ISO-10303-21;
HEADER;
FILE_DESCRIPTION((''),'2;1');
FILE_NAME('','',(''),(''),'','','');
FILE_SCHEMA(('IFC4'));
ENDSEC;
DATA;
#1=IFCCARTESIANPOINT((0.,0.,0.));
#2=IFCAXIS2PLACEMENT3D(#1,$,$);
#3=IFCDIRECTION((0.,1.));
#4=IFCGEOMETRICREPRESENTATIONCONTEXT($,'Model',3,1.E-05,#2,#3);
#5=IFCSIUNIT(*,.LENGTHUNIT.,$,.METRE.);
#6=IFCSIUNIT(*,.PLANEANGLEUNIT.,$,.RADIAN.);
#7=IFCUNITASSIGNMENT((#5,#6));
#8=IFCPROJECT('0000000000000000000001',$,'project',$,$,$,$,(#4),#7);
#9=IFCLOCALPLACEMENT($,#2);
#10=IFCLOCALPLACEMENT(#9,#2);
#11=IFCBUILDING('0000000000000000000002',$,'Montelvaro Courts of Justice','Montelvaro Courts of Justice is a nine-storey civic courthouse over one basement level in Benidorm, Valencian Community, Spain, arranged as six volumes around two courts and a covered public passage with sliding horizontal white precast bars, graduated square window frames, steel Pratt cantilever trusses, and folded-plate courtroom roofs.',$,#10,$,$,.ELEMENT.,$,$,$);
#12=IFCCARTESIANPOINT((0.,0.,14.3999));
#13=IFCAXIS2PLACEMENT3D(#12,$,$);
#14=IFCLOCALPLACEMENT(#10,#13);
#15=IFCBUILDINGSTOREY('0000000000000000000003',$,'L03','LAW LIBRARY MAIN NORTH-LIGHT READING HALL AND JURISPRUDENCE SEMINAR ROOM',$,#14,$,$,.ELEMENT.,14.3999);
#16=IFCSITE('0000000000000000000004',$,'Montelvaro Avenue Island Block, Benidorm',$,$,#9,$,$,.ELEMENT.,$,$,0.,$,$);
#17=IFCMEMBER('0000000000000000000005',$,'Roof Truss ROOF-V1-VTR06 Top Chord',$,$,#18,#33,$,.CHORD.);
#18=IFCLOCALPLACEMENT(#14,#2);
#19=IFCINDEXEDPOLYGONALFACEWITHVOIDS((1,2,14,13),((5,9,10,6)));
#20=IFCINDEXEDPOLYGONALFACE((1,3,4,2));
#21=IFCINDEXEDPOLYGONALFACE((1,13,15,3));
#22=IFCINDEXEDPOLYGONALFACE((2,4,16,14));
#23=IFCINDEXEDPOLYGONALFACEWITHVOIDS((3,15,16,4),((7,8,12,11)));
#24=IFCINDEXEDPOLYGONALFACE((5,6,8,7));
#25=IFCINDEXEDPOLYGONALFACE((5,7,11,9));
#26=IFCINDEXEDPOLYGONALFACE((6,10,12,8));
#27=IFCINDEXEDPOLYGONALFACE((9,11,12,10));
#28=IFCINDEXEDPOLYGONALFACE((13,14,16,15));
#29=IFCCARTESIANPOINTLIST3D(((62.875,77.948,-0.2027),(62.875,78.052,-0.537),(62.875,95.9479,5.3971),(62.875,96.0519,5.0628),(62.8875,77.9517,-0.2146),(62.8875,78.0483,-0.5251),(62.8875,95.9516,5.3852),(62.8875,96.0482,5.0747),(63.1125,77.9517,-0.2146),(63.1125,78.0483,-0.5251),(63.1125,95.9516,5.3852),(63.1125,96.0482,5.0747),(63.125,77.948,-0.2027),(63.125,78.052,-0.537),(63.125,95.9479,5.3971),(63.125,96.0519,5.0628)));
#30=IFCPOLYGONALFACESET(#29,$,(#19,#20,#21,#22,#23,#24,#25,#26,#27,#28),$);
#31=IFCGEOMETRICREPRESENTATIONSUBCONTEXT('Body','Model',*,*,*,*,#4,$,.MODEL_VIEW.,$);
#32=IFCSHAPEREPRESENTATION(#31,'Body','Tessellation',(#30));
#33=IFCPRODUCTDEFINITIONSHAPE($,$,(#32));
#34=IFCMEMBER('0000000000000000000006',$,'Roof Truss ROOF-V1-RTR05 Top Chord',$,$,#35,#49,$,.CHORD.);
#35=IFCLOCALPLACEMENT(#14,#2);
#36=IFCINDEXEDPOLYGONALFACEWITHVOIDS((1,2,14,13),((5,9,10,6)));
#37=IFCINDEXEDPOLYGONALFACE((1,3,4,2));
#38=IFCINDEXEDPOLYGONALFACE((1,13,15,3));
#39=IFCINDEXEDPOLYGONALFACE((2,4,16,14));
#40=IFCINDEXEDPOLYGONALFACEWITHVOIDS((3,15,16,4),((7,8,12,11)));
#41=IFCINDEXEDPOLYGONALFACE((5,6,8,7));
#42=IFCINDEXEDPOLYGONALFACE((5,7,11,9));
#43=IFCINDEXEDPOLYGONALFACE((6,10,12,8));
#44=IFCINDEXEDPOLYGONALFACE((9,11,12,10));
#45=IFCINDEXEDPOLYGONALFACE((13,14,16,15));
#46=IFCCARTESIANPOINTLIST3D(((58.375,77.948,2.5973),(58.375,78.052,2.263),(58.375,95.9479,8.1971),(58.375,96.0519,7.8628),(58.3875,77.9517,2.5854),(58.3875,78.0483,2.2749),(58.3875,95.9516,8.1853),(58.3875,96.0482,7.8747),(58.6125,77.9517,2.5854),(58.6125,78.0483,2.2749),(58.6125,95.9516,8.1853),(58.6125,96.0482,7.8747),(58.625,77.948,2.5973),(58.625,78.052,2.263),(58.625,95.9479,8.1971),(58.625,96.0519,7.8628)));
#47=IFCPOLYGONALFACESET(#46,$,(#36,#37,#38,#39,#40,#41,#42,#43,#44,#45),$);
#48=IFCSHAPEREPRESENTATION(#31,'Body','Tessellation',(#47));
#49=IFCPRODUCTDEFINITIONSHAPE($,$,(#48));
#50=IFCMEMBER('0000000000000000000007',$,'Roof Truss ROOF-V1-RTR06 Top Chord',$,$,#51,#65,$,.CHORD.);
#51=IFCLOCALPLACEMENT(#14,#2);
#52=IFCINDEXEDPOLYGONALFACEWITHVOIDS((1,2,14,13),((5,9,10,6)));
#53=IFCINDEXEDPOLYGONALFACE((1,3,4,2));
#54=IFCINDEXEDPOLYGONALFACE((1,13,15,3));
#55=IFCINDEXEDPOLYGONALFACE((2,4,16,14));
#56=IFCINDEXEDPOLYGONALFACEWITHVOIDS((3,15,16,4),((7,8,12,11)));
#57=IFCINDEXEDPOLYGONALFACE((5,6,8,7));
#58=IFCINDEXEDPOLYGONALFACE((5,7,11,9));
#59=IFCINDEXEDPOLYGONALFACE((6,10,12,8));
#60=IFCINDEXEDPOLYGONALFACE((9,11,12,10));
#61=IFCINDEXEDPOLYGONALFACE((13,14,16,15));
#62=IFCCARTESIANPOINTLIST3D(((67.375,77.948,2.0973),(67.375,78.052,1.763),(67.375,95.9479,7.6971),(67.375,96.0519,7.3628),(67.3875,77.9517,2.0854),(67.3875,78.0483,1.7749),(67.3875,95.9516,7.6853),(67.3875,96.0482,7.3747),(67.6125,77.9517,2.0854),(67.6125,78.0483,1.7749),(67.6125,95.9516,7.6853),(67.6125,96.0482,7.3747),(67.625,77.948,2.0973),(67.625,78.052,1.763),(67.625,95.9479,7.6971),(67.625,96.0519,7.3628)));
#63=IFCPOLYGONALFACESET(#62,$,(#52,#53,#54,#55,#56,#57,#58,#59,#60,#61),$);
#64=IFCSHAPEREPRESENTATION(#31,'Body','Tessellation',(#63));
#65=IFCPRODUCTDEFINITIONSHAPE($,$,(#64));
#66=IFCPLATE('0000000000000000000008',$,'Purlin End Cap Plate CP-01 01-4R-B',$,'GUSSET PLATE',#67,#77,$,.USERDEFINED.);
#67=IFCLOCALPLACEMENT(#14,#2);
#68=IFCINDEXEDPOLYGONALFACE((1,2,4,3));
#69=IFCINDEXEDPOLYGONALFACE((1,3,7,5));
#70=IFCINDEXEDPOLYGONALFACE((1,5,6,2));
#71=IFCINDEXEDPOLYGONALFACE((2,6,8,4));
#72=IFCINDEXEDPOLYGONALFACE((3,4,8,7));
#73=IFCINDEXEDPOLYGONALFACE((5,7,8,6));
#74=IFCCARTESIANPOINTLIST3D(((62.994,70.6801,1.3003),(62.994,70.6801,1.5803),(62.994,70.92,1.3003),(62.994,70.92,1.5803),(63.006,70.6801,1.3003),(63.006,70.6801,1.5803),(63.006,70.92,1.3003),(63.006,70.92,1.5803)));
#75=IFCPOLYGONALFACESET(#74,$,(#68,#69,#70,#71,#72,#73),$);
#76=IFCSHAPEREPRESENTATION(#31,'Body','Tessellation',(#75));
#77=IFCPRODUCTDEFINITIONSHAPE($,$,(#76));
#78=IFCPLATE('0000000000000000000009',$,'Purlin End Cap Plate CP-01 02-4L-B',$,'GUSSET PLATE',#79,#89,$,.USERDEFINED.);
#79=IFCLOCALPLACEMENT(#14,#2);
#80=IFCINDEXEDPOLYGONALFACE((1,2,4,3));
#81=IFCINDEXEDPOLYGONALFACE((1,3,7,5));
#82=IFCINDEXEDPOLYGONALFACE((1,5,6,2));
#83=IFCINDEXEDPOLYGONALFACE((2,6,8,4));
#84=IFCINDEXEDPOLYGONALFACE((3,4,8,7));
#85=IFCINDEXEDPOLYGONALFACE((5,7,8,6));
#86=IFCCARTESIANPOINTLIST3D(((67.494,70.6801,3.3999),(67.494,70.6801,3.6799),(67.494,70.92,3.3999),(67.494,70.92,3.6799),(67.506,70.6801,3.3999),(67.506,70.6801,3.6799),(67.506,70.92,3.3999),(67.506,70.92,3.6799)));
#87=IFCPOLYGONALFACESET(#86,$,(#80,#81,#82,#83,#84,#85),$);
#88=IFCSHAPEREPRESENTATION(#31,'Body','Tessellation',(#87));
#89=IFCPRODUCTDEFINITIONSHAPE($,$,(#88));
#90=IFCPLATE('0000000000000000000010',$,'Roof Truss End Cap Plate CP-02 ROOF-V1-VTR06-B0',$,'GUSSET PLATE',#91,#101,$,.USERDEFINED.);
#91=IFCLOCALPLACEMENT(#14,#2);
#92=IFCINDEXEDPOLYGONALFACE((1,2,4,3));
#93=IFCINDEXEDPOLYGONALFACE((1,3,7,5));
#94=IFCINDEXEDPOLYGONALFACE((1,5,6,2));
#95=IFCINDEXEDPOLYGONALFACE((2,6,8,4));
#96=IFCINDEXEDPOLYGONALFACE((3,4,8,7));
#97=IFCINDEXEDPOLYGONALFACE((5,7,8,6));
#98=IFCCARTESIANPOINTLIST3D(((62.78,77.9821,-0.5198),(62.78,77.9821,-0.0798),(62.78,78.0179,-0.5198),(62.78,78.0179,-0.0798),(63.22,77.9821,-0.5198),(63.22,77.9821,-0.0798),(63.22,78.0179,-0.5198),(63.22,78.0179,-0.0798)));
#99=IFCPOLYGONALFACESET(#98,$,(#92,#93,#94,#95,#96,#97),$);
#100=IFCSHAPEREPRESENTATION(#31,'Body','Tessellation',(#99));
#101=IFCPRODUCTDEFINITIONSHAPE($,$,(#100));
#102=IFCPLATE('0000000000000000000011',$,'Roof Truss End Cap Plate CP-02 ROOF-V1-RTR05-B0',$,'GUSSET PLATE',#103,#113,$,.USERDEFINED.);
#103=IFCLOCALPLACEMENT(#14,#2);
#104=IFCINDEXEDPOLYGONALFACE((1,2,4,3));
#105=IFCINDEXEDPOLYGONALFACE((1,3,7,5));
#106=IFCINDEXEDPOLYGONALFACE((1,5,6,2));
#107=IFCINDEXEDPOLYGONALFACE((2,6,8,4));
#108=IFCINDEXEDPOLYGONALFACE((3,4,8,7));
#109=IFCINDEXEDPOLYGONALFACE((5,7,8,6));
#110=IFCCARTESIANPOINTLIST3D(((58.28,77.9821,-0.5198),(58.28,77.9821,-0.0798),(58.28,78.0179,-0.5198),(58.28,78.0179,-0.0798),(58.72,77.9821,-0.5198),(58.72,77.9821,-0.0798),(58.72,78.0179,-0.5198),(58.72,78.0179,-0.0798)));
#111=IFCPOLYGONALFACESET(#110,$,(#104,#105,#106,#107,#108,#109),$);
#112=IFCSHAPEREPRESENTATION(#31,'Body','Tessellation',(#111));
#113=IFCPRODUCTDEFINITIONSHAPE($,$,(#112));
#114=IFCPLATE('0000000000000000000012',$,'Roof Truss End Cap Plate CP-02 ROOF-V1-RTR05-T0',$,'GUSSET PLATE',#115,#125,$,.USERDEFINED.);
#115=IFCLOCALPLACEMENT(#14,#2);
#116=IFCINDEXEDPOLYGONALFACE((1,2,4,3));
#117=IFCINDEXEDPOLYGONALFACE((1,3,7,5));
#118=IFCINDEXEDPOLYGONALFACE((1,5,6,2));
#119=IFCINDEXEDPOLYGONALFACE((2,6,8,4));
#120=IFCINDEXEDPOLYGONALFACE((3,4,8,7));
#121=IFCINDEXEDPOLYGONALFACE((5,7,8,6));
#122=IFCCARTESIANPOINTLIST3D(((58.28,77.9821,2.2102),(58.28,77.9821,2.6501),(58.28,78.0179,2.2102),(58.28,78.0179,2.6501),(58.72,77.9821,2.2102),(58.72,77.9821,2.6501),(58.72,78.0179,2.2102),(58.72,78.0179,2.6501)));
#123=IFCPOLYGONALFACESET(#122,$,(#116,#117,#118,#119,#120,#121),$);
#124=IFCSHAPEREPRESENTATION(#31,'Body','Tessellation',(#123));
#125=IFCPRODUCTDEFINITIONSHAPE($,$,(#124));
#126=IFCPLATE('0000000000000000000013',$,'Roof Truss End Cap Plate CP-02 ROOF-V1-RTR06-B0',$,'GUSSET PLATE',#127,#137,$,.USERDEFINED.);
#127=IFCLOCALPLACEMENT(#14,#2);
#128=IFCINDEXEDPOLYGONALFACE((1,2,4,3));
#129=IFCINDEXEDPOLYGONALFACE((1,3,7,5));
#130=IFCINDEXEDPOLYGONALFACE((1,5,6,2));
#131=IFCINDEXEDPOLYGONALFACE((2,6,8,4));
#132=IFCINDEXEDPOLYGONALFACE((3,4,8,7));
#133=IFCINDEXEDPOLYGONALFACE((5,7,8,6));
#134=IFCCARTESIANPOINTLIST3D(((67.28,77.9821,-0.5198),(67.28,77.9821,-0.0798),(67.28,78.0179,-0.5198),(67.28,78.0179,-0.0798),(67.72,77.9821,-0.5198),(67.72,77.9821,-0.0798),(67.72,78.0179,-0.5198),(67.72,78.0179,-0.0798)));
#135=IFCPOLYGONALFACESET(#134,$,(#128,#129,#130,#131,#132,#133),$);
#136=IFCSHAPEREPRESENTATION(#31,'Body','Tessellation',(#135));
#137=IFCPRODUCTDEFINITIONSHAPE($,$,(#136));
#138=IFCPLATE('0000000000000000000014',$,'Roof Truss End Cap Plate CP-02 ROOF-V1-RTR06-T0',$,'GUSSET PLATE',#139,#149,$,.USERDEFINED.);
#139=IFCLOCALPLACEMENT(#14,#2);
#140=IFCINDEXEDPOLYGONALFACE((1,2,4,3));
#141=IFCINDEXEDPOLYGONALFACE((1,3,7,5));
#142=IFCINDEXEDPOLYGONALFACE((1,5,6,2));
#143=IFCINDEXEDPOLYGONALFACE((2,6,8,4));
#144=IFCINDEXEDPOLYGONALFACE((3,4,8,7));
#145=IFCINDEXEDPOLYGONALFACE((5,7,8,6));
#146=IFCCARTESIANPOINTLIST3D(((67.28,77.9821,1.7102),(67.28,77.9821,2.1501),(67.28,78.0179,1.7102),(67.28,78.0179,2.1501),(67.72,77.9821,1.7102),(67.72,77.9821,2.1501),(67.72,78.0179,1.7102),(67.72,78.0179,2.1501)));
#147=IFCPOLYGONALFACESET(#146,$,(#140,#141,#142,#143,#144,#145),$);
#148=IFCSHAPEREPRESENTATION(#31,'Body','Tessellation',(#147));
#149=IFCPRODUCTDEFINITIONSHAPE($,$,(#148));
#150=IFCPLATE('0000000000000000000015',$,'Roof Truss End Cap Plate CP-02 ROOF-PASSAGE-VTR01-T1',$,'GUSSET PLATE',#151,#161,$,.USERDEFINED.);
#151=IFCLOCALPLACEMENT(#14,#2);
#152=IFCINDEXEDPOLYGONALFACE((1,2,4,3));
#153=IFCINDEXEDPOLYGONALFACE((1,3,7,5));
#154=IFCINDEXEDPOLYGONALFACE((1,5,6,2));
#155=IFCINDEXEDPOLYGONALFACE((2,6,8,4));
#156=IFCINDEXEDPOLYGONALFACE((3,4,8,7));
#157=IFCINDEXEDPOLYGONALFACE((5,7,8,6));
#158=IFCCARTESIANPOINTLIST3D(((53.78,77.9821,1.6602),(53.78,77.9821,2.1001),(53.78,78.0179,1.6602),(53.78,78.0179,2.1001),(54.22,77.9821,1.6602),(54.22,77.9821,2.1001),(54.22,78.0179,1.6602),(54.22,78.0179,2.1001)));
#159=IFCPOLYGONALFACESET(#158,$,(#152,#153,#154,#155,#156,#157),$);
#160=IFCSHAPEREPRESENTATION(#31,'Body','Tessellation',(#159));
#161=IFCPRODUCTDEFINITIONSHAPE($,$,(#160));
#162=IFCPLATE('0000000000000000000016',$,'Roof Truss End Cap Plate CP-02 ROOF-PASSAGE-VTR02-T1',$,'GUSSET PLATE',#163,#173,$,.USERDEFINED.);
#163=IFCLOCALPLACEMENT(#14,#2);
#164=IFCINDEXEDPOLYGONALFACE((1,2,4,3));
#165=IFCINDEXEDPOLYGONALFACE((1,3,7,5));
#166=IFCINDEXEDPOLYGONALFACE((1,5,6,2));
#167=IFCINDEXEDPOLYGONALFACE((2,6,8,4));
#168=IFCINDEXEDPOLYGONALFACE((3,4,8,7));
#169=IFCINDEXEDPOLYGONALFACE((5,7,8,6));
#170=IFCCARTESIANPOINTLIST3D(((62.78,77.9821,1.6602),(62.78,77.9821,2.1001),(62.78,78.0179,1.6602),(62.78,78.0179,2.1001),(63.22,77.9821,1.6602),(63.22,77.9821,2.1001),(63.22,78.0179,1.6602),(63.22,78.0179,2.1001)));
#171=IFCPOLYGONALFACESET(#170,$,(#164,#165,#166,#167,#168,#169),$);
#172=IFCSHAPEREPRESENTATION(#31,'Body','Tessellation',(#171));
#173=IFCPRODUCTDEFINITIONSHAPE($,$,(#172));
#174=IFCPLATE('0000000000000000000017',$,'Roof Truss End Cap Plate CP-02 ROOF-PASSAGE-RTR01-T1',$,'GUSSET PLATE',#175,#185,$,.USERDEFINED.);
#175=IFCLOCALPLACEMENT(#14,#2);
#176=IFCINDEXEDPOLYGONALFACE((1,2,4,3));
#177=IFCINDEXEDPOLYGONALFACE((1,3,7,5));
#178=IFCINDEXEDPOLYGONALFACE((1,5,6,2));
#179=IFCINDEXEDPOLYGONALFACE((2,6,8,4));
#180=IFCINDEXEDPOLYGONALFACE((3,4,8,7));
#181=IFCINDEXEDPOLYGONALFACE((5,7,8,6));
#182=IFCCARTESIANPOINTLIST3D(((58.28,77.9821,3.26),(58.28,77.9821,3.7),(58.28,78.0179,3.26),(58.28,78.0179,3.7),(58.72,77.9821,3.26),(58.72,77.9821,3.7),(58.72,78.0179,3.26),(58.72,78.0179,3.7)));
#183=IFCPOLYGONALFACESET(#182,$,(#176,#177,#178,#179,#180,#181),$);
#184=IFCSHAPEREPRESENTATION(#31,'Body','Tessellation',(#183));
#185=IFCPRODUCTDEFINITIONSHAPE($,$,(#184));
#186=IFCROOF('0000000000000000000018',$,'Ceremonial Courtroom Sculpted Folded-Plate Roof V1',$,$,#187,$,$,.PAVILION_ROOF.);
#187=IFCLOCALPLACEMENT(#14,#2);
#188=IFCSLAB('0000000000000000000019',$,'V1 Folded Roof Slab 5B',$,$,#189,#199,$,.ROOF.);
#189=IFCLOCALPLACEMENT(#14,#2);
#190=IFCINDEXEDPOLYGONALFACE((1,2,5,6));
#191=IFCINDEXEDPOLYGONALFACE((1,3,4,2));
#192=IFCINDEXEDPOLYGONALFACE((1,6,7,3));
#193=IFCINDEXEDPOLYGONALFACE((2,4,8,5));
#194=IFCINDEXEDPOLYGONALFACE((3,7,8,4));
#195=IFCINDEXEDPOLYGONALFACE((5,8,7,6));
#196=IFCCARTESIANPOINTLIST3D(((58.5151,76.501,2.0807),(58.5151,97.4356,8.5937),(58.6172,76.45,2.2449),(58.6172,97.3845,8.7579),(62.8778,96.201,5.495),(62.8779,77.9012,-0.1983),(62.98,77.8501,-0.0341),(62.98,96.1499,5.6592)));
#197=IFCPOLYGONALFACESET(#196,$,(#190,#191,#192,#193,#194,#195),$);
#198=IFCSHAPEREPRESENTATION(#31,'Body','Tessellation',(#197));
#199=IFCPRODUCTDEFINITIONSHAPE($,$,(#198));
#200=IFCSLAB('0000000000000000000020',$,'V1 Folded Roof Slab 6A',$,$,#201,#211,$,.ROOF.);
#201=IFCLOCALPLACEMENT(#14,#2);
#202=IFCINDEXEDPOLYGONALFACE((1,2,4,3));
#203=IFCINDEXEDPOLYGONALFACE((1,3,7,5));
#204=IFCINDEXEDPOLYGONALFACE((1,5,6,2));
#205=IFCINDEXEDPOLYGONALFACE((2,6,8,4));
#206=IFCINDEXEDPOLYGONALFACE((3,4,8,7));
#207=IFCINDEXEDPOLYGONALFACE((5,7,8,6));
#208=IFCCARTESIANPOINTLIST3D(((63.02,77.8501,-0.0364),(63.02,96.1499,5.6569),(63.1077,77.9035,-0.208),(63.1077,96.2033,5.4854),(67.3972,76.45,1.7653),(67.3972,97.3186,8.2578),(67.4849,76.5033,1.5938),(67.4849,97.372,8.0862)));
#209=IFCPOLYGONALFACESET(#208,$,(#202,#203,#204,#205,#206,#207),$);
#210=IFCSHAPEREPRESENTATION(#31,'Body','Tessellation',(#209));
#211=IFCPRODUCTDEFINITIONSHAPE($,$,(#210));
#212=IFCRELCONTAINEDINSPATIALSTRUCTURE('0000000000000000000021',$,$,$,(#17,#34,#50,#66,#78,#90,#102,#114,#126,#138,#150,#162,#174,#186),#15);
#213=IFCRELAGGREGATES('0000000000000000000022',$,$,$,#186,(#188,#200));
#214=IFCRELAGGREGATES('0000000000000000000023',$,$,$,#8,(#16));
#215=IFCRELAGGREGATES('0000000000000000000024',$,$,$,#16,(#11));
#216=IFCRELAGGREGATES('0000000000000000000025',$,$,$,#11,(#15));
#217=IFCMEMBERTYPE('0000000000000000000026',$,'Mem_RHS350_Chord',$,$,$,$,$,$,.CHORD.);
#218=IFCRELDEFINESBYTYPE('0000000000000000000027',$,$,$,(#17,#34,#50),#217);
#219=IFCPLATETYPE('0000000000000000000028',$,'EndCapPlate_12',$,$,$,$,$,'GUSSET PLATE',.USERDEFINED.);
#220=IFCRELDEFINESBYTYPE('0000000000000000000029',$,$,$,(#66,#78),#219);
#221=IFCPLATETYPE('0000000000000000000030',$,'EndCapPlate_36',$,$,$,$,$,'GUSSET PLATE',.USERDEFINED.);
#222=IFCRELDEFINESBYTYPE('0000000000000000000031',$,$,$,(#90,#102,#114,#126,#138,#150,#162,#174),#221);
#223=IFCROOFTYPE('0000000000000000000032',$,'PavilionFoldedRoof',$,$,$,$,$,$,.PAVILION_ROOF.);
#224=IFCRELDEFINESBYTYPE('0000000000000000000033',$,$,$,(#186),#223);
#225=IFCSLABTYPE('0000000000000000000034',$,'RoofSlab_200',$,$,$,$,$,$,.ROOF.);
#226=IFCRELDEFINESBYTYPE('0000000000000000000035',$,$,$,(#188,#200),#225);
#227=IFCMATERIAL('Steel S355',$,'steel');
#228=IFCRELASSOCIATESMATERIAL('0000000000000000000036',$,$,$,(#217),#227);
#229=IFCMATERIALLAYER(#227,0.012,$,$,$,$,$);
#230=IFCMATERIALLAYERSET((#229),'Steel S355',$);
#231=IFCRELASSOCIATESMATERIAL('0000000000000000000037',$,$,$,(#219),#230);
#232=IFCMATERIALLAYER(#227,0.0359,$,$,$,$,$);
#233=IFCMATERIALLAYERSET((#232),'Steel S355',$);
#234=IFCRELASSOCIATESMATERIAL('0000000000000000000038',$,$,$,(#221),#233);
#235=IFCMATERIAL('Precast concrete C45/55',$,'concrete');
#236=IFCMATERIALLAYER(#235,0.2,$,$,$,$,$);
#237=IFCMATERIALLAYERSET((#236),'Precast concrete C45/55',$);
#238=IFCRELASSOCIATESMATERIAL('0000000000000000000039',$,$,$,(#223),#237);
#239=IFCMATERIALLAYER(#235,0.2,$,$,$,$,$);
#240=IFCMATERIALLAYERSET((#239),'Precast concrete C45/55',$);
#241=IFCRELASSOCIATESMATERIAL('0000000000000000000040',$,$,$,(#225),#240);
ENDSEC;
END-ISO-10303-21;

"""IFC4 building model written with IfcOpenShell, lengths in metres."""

from ifc_helpers import new_model, si_unit, direction, frame, origin, origin_2d, place, context, subcontext, project, spatial, polyline, rectangle, hollow_rectangle, outline, extrude, material, layer, layer_set, material_profile, profile_set, type_object, element, aggregate, save


model = new_model("IFC4")

# Units and contexts
model_context = context("Model", 3, precision=1e-05, world=origin(), true_north=direction((0.0, 1.0)))
body_context = subcontext(model_context, "Body", "Model", "MODEL_VIEW")
ifc_project = project(units=[si_unit("LENGTHUNIT", "METRE"), si_unit("PLANEANGLEUNIT", "RADIAN")], contexts=[model_context])

# Site, building, storey
site_placement = place(None, origin())
site = spatial("IfcSite", under=ifc_project, at=site_placement, Name="Montelvaro Avenue Island Block, Benidorm", CompositionType="ELEMENT", RefElevation=0.0)
building_placement = place(site_placement, origin())
building = spatial("IfcBuilding", under=site, at=building_placement, Name="Montelvaro Courts of Justice", Description="Montelvaro Courts of Justice is a nine-storey civic courthouse over one basement level in Benidorm, Valencian Community, Spain, arranged as six volumes around two courts and a covered public passage with sliding horizontal white precast bars, graduated square window frames, steel Pratt cantilever trusses, and folded-plate courtroom roofs.", CompositionType="ELEMENT")
storey_placement = place(building_placement, frame((0.0, 0.0, 14.3999)))
storey = spatial("IfcBuildingStorey", under=building, at=storey_placement, Name="L03", Description="LAW LIBRARY MAIN NORTH-LIGHT READING HALL AND JURISPRUDENCE SEMINAR ROOM", CompositionType="ELEMENT", Elevation=14.3999)

# Members
ifc_material_1 = material(Name="Steel S355", Category="steel")
ifc_material_profile_1 = material_profile(ifc_material_1, hollow_rectangle(XDim=0.25, YDim=0.3501, WallThickness=0.0125, at=origin_2d()), Name="RHS 350x250x12.5")
ifc_profile_set_1 = profile_set([ifc_material_profile_1], Name="Steel S355")
member_type_1 = type_object("IfcMemberType", Name="Mem_RHS350_Chord", PredefinedType="CHORD", material=ifc_profile_set_1)
for number, where, z_axis, x_axis, name in (
    (1, (63.0, 78.0, -0.3699), (0.0, 0.954859, 0.297059), (-1.0, 0.0, 0.0), "Roof Truss ROOF-V1-VTR06 Top Chord"),
    (2, (58.5, 78.0, 2.4302), (0.0, 0.954859, 0.297059), (-1.0, 0.0, 0.0), "Roof Truss ROOF-V1-RTR05 Top Chord"),
    (3, (67.5, 78.0, 1.9302), (0.0, 0.954859, 0.297059), (-1.0, 0.0, 0.0), "Roof Truss ROOF-V1-RTR06 Top Chord"),
):
    element("IfcMember", number, at=place(storey_placement, frame(where, z_axis=z_axis, x_axis=x_axis)), inside=storey, type_object=member_type_1, Name=name, PredefinedType="CHORD", context=body_context, shape_type="SweptSolid", body=[
        extrude(hollow_rectangle(XDim=0.25, YDim=0.3501, WallThickness=0.0125, at=origin_2d()), origin(), (0.0, 0.0, 1.0), 18.8508),
    ])

# Plates
ifc_layer_1 = layer(ifc_material_1, 0.012)
ifc_layer_set_1 = layer_set([ifc_layer_1], Name="Steel S355")
plate_type_1 = type_object("IfcPlateType", Name="EndCapPlate_12", ElementType="GUSSET PLATE", PredefinedType="USERDEFINED", material=ifc_layer_set_1)
for number, where, z_axis, x_axis, name in (
    (4, (63.0, 70.8, 1.3003), (0.0, 0.0, 1.0), (1.0, 0.0, 0.0), "Purlin End Cap Plate CP-01 01-4R-B"),
    (5, (67.5, 70.8, 3.3999), (0.0, 0.0, 1.0), (1.0, 0.0, 0.0), "Purlin End Cap Plate CP-01 02-4L-B"),
):
    element("IfcPlate", number, at=place(storey_placement, frame(where, z_axis=z_axis, x_axis=x_axis)), inside=storey, type_object=plate_type_1, Name=name, ObjectType="GUSSET PLATE", PredefinedType="USERDEFINED", context=body_context, shape_type="SweptSolid", body=[
        extrude(rectangle(XDim=0.012, YDim=0.24, at=origin_2d()), origin(), (0.0, 0.0, 1.0), 0.28),
    ])
ifc_layer_2 = layer(ifc_material_1, 0.0359)
ifc_layer_set_2 = layer_set([ifc_layer_2], Name="Steel S355")
plate_type_2 = type_object("IfcPlateType", Name="EndCapPlate_36", ElementType="GUSSET PLATE", PredefinedType="USERDEFINED", material=ifc_layer_set_2)
for number, where, z_axis, x_axis, name in (
    (6, (63.0, 78.0, -0.5198), (0.0, 0.0, 1.0), (1.0, 0.0, 0.0), "Roof Truss End Cap Plate CP-02 ROOF-V1-VTR06-B0"),
    (7, (58.5, 78.0, -0.5198), (0.0, 0.0, 1.0), (1.0, 0.0, 0.0), "Roof Truss End Cap Plate CP-02 ROOF-V1-RTR05-B0"),
    (8, (58.5, 78.0, 2.2102), (0.0, 0.0, 1.0), (1.0, 0.0, 0.0), "Roof Truss End Cap Plate CP-02 ROOF-V1-RTR05-T0"),
    (9, (67.5, 78.0, -0.5198), (0.0, 0.0, 1.0), (1.0, 0.0, 0.0), "Roof Truss End Cap Plate CP-02 ROOF-V1-RTR06-B0"),
    (10, (67.5, 78.0, 1.7102), (0.0, 0.0, 1.0), (1.0, 0.0, 0.0), "Roof Truss End Cap Plate CP-02 ROOF-V1-RTR06-T0"),
    (11, (54.0, 78.0, 1.6602), (0.0, 0.0, 1.0), (1.0, 0.0, 0.0), "Roof Truss End Cap Plate CP-02 ROOF-PASSAGE-VTR01-T1"),
    (12, (63.0, 78.0, 1.6602), (0.0, 0.0, 1.0), (1.0, 0.0, 0.0), "Roof Truss End Cap Plate CP-02 ROOF-PASSAGE-VTR02-T1"),
    (13, (58.5, 78.0, 3.26), (0.0, 0.0, 1.0), (1.0, 0.0, 0.0), "Roof Truss End Cap Plate CP-02 ROOF-PASSAGE-RTR01-T1"),
):
    element("IfcPlate", number, at=place(storey_placement, frame(where, z_axis=z_axis, x_axis=x_axis)), inside=storey, type_object=plate_type_2, Name=name, ObjectType="GUSSET PLATE", PredefinedType="USERDEFINED", context=body_context, shape_type="SweptSolid", body=[
        extrude(rectangle(XDim=0.4399, YDim=0.0359, at=origin_2d()), origin(), (0.0, 0.0, 1.0), 0.4399),
    ])

# Roof, slabs
ifc_material_2 = material(Name="Precast concrete C45/55", Category="concrete")
ifc_layer_3 = layer(ifc_material_2, 0.2)
ifc_layer_set_3 = layer_set([ifc_layer_3], Name="Precast concrete C45/55")
roof_type = type_object("IfcRoofType", Name="PavilionFoldedRoof", PredefinedType="PAVILION_ROOF", material=ifc_layer_set_3)
roof_placement = place(storey_placement, origin())
roof = element("IfcRoof", 14, at=roof_placement, inside=storey, type_object=roof_type, Name="Ceremonial Courtroom Sculpted Folded-Plate Roof V1", PredefinedType="PAVILION_ROOF")
ifc_layer_4 = layer(ifc_material_2, 0.2)
ifc_layer_set_4 = layer_set([ifc_layer_4], Name="Precast concrete C45/55")
slab_type = type_object("IfcSlabType", Name="RoofSlab_200", PredefinedType="ROOF", material=ifc_layer_set_4)
slab_1_placement = place(storey_placement, frame((58.6172, 76.45, 2.2449), z_axis=(0.510777, -0.255393, 0.820903), x_axis=(0.852535, 0.273599, -0.44534)))
slab_1 = element("IfcSlab", 15, at=slab_1_placement, type_object=slab_type, Name="V1 Folded Roof Slab 5B", PredefinedType="ROOF", context=body_context, shape_type="SweptSolid", body=[
    extrude(outline(polyline([(0.0, 0.0), (5.1175, 0.0), (7.5888, 19.005), (2.8272, 21.7412), (0.0, 0.0)])), origin(), (0.0, 0.0, -1.0), 0.2),
])
slab_2_placement = place(storey_placement, frame((63.02, 77.8501, -0.0364), z_axis=(-0.438603, -0.266969, 0.858111), x_axis=(0.88675, -0.283643, 0.364996)))
slab_2 = element("IfcSlab", 16, at=slab_2_placement, type_object=slab_type, Name="V1 Folded Roof Slab 6A", PredefinedType="ROOF", context=body_context, shape_type="SweptSolid", body=[
    extrude(outline(polyline([(0.0, 0.0), (4.9363, 0.0), (1.3867, 21.5651), (-3.1126, 18.9106), (0.0, 0.0)])), origin(), (0.0, 0.0, -1.0), 0.2),
])
aggregate(roof, [slab_1, slab_2])

save(model, "model.ifc")
